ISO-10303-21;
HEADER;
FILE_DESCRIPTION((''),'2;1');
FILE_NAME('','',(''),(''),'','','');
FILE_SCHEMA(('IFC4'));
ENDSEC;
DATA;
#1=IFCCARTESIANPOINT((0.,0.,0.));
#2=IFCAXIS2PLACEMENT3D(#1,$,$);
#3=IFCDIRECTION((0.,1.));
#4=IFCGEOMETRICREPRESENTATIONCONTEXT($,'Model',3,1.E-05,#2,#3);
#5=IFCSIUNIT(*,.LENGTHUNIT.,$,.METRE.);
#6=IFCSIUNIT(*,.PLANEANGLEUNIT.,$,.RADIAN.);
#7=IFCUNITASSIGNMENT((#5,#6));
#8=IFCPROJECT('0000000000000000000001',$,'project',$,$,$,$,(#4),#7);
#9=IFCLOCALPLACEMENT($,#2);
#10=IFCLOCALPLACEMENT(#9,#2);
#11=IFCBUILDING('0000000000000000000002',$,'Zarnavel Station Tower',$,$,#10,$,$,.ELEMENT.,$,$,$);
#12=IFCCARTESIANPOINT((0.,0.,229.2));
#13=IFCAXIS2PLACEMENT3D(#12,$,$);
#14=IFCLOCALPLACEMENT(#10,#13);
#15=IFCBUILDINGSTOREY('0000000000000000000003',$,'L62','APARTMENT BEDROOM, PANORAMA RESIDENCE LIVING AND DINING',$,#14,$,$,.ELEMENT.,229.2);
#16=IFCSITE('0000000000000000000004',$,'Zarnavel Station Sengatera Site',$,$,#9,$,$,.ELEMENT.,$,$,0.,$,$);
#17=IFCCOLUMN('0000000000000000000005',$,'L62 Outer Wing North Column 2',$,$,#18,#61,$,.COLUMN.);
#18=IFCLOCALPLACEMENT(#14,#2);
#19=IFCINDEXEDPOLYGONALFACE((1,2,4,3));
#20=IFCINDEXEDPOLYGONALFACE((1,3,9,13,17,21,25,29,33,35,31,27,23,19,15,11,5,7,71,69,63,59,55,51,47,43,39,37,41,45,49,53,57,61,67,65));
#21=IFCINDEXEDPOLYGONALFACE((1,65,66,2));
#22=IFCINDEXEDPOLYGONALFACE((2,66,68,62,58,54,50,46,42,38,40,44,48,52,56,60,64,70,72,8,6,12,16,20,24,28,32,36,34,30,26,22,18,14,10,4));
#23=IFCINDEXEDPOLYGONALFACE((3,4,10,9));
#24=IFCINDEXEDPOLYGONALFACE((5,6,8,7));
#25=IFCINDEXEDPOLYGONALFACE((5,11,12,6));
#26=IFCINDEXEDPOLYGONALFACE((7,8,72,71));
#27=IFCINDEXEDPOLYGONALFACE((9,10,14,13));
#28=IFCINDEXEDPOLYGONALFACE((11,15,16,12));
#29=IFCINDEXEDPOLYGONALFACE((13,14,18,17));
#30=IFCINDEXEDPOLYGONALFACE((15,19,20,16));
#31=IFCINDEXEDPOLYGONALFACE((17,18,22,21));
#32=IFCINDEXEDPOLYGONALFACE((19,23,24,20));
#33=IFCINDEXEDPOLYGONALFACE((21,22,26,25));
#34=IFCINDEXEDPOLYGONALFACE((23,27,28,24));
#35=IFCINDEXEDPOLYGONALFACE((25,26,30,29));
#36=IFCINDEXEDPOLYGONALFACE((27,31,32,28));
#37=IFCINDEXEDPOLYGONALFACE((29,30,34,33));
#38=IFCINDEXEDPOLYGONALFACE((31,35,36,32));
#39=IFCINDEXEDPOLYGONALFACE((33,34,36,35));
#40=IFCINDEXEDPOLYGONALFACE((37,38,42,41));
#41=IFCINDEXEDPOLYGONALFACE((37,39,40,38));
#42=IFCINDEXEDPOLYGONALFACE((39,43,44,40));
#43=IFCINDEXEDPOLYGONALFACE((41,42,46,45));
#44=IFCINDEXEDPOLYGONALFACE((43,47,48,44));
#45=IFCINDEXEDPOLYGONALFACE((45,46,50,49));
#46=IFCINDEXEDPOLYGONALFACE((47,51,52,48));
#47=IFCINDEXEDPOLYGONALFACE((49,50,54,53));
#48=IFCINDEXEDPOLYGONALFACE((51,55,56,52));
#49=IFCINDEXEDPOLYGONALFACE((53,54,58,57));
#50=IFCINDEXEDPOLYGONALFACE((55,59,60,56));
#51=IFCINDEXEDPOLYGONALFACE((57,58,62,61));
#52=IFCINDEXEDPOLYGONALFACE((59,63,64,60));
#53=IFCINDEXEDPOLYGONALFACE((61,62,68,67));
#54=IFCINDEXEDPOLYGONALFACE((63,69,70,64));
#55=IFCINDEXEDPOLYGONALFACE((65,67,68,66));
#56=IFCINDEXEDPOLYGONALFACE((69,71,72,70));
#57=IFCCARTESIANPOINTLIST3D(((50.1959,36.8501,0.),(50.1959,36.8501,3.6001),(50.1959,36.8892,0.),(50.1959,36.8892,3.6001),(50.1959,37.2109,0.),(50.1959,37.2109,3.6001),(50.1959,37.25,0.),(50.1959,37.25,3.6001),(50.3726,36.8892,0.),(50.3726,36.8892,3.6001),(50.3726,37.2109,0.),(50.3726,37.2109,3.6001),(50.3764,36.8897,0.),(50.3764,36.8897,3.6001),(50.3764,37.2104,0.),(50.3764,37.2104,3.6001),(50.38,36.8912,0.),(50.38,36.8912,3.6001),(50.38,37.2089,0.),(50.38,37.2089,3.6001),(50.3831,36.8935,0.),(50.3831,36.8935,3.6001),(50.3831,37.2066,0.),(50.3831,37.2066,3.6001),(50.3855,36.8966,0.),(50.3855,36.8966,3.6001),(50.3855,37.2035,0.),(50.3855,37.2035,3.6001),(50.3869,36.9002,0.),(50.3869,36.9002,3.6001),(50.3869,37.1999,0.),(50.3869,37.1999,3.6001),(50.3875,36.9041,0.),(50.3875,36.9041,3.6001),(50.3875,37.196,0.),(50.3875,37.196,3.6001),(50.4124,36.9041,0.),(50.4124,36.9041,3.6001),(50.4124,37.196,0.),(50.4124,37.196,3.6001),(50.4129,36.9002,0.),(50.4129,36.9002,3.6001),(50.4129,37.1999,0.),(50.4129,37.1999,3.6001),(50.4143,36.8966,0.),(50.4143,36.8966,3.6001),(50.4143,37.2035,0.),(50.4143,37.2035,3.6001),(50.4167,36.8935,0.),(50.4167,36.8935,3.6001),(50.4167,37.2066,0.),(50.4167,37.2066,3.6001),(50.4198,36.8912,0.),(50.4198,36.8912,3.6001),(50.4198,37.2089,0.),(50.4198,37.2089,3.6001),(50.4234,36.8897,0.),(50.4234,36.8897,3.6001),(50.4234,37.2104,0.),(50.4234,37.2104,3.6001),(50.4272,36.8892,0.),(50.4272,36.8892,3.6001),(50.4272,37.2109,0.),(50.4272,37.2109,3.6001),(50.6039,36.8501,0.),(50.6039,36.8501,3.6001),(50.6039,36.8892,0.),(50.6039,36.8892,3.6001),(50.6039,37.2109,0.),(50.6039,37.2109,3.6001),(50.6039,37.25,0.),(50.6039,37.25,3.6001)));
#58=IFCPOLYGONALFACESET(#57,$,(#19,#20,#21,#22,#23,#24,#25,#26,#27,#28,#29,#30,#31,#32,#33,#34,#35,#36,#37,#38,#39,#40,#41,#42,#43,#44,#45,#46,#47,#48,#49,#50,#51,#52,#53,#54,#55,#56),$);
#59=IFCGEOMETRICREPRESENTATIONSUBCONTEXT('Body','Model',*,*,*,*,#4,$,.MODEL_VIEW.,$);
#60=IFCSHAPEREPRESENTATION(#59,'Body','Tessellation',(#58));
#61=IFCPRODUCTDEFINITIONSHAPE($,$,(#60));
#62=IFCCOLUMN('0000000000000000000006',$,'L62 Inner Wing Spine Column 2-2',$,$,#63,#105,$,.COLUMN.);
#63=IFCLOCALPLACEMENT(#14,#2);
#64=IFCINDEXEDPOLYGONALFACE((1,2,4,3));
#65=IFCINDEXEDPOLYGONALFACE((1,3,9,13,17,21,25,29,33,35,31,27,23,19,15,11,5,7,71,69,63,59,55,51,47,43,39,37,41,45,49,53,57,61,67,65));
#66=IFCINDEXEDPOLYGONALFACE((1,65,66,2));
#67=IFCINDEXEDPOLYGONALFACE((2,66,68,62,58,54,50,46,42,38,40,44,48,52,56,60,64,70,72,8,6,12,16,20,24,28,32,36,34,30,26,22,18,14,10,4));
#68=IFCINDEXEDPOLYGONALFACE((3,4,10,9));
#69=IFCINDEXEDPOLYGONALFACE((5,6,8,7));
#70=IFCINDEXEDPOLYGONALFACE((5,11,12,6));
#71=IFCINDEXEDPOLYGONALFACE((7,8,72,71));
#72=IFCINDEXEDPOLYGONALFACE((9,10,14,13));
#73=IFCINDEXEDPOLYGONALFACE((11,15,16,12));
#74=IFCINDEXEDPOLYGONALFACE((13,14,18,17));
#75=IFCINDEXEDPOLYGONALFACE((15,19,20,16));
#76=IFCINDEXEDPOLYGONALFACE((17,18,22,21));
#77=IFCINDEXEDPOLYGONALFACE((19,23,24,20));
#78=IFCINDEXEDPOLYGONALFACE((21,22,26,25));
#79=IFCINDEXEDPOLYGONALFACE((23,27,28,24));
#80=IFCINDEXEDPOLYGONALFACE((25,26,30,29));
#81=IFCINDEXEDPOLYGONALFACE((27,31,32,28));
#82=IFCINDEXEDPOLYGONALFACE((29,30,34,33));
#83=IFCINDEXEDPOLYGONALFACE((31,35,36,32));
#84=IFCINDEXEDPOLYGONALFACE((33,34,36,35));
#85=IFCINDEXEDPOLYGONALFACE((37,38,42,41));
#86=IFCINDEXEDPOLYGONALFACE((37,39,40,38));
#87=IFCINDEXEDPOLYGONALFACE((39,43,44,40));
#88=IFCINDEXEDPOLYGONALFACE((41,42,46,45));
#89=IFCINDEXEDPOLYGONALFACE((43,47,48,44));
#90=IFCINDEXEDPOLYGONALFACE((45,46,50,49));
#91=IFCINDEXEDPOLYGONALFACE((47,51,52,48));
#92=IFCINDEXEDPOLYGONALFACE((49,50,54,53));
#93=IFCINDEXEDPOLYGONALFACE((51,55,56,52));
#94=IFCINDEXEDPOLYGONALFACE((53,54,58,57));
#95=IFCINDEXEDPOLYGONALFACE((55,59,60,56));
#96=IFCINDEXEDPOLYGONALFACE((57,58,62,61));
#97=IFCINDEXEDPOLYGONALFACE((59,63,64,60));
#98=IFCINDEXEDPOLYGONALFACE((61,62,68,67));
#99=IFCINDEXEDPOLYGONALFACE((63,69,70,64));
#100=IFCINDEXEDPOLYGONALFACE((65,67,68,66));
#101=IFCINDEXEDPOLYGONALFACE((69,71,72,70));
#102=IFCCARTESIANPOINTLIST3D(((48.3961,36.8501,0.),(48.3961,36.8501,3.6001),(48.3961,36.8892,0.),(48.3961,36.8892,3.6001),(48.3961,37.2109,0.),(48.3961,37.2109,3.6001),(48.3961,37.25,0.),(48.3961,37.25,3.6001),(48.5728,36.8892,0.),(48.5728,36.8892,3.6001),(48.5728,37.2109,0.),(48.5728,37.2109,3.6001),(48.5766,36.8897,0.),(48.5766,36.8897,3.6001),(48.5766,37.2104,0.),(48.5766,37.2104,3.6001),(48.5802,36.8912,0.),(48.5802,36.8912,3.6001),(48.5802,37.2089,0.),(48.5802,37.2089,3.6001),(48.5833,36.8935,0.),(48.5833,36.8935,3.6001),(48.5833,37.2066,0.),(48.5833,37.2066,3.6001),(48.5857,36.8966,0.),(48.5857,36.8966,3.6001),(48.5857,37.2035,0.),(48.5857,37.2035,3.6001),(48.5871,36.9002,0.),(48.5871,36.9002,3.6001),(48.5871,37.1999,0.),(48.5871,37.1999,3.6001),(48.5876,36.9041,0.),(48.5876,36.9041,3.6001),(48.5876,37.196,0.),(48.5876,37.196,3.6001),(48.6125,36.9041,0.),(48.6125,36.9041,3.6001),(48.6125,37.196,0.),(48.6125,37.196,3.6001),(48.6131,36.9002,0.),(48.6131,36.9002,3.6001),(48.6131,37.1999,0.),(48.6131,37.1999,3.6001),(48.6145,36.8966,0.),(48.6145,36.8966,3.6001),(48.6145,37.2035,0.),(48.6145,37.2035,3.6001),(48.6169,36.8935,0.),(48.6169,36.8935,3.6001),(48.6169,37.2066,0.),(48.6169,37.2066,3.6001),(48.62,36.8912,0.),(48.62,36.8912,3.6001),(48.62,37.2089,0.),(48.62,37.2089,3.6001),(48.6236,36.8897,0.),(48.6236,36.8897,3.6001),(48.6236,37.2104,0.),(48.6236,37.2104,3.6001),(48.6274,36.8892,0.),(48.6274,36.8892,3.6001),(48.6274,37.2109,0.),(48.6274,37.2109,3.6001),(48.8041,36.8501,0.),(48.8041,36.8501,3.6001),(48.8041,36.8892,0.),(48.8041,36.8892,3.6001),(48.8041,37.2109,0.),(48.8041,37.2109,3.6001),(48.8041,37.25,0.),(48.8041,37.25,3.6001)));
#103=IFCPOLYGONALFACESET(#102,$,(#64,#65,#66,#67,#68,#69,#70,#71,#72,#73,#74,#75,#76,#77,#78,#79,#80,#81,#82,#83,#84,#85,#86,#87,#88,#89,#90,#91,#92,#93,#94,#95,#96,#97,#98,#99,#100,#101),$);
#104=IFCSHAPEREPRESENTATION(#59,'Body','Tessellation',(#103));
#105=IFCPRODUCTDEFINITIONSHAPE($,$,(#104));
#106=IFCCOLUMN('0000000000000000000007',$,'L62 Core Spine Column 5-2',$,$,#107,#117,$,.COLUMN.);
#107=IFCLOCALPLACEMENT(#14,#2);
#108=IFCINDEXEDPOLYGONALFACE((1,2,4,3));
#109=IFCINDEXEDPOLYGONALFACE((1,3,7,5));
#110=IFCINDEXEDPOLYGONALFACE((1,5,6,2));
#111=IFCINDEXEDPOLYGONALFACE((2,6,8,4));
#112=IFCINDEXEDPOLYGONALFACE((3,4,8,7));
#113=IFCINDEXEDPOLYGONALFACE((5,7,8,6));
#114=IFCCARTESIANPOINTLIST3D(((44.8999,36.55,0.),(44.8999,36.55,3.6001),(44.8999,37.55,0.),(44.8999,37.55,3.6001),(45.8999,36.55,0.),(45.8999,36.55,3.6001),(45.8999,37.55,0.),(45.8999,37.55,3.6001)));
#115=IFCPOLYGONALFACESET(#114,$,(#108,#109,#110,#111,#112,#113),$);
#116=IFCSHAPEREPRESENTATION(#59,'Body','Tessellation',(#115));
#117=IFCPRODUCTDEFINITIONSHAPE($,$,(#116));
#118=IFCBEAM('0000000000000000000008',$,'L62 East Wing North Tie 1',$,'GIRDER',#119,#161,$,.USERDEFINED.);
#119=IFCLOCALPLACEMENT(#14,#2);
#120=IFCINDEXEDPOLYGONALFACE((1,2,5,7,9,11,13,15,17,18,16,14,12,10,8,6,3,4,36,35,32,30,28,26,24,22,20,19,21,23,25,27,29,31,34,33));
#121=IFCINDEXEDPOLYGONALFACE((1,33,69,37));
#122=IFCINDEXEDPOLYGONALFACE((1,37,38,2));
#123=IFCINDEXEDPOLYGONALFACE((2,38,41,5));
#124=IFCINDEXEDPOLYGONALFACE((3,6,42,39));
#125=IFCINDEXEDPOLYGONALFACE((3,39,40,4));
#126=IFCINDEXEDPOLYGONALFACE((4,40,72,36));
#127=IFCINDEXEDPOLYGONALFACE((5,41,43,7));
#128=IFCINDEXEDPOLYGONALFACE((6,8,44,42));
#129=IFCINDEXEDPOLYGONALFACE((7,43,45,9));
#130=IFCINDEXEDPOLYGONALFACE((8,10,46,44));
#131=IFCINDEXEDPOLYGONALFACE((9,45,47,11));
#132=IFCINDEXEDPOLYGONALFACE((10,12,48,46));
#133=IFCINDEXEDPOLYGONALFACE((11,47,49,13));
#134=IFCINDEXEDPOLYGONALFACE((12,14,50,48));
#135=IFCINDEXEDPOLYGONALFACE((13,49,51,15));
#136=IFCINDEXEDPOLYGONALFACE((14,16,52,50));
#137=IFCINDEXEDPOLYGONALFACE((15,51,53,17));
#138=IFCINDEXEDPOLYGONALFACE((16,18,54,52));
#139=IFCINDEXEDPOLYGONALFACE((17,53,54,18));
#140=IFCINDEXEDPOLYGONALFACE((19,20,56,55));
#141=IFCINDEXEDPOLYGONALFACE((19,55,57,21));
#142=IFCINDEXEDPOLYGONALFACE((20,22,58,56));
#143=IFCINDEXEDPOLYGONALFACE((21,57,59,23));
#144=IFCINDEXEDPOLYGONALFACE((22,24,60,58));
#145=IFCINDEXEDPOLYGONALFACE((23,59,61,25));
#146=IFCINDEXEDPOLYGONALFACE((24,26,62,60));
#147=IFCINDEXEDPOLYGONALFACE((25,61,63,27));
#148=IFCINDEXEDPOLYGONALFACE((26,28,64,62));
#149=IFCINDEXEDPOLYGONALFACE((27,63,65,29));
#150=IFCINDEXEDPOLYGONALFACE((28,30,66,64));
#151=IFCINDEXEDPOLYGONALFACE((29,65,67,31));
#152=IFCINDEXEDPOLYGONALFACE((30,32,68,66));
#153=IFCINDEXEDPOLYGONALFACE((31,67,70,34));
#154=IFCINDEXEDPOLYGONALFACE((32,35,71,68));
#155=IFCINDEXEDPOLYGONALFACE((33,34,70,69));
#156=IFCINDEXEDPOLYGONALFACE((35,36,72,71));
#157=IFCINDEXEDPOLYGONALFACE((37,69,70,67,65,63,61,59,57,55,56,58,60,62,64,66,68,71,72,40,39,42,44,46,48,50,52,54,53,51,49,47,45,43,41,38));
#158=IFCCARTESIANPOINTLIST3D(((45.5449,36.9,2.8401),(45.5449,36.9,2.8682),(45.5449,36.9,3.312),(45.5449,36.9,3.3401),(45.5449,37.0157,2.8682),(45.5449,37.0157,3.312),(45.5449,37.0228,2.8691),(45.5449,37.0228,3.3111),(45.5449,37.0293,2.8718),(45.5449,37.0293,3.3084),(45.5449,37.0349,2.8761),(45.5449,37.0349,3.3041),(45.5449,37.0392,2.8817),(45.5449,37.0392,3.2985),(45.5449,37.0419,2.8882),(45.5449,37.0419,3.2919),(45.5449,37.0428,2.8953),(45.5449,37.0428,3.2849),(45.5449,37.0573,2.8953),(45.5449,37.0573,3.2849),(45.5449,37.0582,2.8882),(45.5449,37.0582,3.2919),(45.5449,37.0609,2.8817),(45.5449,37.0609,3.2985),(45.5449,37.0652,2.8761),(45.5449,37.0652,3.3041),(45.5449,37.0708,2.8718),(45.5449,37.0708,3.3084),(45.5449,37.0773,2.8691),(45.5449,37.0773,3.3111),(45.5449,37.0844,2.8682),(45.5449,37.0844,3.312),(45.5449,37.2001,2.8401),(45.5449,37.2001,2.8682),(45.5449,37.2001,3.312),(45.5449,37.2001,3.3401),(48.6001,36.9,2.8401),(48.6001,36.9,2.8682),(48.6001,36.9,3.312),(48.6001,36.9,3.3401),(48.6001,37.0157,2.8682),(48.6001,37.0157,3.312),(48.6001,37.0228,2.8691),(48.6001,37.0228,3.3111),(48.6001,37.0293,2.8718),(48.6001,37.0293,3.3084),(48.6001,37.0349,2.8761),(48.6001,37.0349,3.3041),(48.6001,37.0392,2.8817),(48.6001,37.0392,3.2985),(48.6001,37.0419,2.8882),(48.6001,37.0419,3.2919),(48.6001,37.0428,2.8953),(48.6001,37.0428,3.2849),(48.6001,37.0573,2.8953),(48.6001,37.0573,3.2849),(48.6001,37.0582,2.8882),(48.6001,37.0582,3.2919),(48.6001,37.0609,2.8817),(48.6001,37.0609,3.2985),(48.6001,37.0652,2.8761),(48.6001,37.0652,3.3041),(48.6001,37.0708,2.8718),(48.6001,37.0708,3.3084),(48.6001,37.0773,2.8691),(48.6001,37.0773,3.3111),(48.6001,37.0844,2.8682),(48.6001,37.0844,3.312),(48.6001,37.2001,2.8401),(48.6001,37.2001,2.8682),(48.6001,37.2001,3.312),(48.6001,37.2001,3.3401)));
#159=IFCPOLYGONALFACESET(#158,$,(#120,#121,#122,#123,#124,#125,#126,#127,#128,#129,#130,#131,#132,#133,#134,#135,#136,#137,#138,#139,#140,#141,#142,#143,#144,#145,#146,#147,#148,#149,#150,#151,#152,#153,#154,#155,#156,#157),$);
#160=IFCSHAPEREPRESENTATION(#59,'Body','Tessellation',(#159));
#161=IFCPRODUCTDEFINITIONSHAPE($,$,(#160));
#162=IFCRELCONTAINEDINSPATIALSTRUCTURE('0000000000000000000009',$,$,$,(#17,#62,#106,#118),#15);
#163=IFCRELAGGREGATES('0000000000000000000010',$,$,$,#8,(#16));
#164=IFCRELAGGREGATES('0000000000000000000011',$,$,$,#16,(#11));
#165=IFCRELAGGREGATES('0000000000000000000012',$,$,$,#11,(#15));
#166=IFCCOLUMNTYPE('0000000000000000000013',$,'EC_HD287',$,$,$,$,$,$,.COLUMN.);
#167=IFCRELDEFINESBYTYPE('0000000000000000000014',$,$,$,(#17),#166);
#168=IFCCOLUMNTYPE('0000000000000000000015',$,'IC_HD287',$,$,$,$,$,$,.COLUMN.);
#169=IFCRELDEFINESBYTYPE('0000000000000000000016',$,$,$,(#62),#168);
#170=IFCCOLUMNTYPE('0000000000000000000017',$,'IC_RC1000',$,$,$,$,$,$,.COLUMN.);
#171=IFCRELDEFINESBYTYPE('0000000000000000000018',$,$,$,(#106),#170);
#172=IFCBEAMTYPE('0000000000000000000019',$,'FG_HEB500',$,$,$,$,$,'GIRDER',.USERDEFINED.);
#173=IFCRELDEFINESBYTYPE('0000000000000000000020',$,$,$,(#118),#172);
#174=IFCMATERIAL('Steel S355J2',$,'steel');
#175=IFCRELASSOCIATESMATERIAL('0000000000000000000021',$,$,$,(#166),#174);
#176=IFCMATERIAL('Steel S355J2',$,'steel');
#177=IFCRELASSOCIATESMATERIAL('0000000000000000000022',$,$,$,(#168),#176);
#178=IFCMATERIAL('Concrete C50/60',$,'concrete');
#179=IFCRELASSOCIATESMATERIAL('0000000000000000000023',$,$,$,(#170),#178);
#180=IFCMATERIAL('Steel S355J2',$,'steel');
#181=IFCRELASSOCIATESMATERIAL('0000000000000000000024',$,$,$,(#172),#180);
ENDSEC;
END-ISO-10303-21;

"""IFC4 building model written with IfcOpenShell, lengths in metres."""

from ifc_helpers import new_model, si_unit, direction, frame, origin, origin_2d, place, context, subcontext, project, spatial, rectangle, i_section, extrude, material, material_profile, profile_set, type_object, element, save


model = new_model("IFC4")

# Units and contexts
model_context = context("Model", 3, precision=1e-05, world=origin(), true_north=direction((0.0, 1.0)))
body_context = subcontext(model_context, "Body", "Model", "MODEL_VIEW")
ifc_project = project(units=[si_unit("LENGTHUNIT", "METRE"), si_unit("PLANEANGLEUNIT", "RADIAN")], contexts=[model_context])

# Site, building, storey
site_placement = place(None, origin())
site = spatial("IfcSite", under=ifc_project, at=site_placement, Name="Zarnavel Station Sengatera Site", CompositionType="ELEMENT", RefElevation=0.0)
building_placement = place(site_placement, origin())
building = spatial("IfcBuilding", under=site, at=building_placement, Name="Zarnavel Station Tower", CompositionType="ELEMENT")
storey_placement = place(building_placement, frame((0.0, 0.0, 229.2)))
storey = spatial("IfcBuildingStorey", under=building, at=storey_placement, Name="L62", Description="APARTMENT BEDROOM, PANORAMA RESIDENCE LIVING AND DINING", CompositionType="ELEMENT", Elevation=229.2)

# Columns
ifc_material_1 = material(Name="Steel S355J2", Category="steel")
ifc_material_profile_1 = material_profile(ifc_material_1, i_section(OverallWidth=0.408, OverallDepth=0.3999, WebThickness=0.0249, FlangeThickness=0.0391, FilletRadius=0.0149, at=origin_2d()), Name="HD400x287")
ifc_profile_set_1 = profile_set([ifc_material_profile_1], Name="Steel S355J2")
column_type_1 = type_object("IfcColumnType", Name="EC_HD287", PredefinedType="COLUMN", material=ifc_profile_set_1)
column_1_placement = place(storey_placement, frame((50.3999, 37.05, 0.0), z_axis=(0.0, 0.0, 1.0), x_axis=(1.0, 0.0, 0.0)))
element("IfcColumn", 1, at=column_1_placement, inside=storey, type_object=column_type_1, Name="L62 Outer Wing North Column 2", PredefinedType="COLUMN", context=body_context, shape_type="SweptSolid", body=[
    extrude(i_section(OverallWidth=0.408, OverallDepth=0.3999, WebThickness=0.0249, FlangeThickness=0.0391, FilletRadius=0.0149, at=origin_2d()), origin(), (0.0, 0.0, 1.0), 3.6001),
])
ifc_material_2 = material(Name="Steel S355J2", Category="steel")
ifc_material_profile_2 = material_profile(ifc_material_2, i_section(OverallWidth=0.408, OverallDepth=0.3999, WebThickness=0.0249, FlangeThickness=0.0391, FilletRadius=0.0149, at=origin_2d()), Name="HD400x287")
ifc_profile_set_2 = profile_set([ifc_material_profile_2], Name="Steel S355J2")
column_type_2 = type_object("IfcColumnType", Name="IC_HD287", PredefinedType="COLUMN", material=ifc_profile_set_2)
column_2_placement = place(storey_placement, frame((48.6001, 37.05, 0.0), z_axis=(0.0, 0.0, 1.0), x_axis=(1.0, 0.0, 0.0)))
element("IfcColumn", 2, at=column_2_placement, inside=storey, type_object=column_type_2, Name="L62 Inner Wing Spine Column 2-2", PredefinedType="COLUMN", context=body_context, shape_type="SweptSolid", body=[
    extrude(i_section(OverallWidth=0.408, OverallDepth=0.3999, WebThickness=0.0249, FlangeThickness=0.0391, FilletRadius=0.0149, at=origin_2d()), origin(), (0.0, 0.0, 1.0), 3.6001),
])
ifc_material_3 = material(Name="Concrete C50/60", Category="concrete")
ifc_material_profile_3 = material_profile(ifc_material_3, rectangle(XDim=1.0, YDim=1.0, at=origin_2d()), Name="RC1000x1000")
ifc_profile_set_3 = profile_set([ifc_material_profile_3], Name="Concrete C50/60")
column_type_3 = type_object("IfcColumnType", Name="IC_RC1000", PredefinedType="COLUMN", material=ifc_profile_set_3)
column_3_placement = place(storey_placement, frame((45.3999, 37.05, 0.0), z_axis=(0.0, 0.0, 1.0), x_axis=(1.0, 0.0, 0.0)))
element("IfcColumn", 3, at=column_3_placement, inside=storey, type_object=column_type_3, Name="L62 Core Spine Column 5-2", PredefinedType="COLUMN", context=body_context, shape_type="SweptSolid", body=[
    extrude(rectangle(XDim=1.0, YDim=1.0, at=origin_2d()), origin(), (0.0, 0.0, 1.0), 3.6001),
])

# Beam
ifc_material_4 = material(Name="Steel S355J2", Category="steel")
ifc_material_profile_4 = material_profile(ifc_material_4, i_section(OverallWidth=0.3, OverallDepth=0.5, WebThickness=0.0144, FlangeThickness=0.0281, FilletRadius=0.0271, at=origin_2d()), Name="HEB500")
ifc_profile_set_4 = profile_set([ifc_material_profile_4], Name="Steel S355J2")
beam_type = type_object("IfcBeamType", Name="FG_HEB500", ElementType="GIRDER", PredefinedType="USERDEFINED", material=ifc_profile_set_4)
beam_1_placement = place(storey_placement, frame((45.5449, 37.05, 3.0901), z_axis=(1.0, 0.0, 0.0), x_axis=(0.0, 1.0, 0.0)))
element("IfcBeam", 4, at=beam_1_placement, inside=storey, type_object=beam_type, Name="L62 East Wing North Tie 1", ObjectType="GIRDER", PredefinedType="USERDEFINED", context=body_context, shape_type="SweptSolid", body=[
    extrude(i_section(OverallWidth=0.3, OverallDepth=0.5, WebThickness=0.0144, FlangeThickness=0.0281, FilletRadius=0.0271, at=origin_2d()), origin(), (0.0, 0.0, 1.0), 3.0552),
])

save(model, "model.ifc")
